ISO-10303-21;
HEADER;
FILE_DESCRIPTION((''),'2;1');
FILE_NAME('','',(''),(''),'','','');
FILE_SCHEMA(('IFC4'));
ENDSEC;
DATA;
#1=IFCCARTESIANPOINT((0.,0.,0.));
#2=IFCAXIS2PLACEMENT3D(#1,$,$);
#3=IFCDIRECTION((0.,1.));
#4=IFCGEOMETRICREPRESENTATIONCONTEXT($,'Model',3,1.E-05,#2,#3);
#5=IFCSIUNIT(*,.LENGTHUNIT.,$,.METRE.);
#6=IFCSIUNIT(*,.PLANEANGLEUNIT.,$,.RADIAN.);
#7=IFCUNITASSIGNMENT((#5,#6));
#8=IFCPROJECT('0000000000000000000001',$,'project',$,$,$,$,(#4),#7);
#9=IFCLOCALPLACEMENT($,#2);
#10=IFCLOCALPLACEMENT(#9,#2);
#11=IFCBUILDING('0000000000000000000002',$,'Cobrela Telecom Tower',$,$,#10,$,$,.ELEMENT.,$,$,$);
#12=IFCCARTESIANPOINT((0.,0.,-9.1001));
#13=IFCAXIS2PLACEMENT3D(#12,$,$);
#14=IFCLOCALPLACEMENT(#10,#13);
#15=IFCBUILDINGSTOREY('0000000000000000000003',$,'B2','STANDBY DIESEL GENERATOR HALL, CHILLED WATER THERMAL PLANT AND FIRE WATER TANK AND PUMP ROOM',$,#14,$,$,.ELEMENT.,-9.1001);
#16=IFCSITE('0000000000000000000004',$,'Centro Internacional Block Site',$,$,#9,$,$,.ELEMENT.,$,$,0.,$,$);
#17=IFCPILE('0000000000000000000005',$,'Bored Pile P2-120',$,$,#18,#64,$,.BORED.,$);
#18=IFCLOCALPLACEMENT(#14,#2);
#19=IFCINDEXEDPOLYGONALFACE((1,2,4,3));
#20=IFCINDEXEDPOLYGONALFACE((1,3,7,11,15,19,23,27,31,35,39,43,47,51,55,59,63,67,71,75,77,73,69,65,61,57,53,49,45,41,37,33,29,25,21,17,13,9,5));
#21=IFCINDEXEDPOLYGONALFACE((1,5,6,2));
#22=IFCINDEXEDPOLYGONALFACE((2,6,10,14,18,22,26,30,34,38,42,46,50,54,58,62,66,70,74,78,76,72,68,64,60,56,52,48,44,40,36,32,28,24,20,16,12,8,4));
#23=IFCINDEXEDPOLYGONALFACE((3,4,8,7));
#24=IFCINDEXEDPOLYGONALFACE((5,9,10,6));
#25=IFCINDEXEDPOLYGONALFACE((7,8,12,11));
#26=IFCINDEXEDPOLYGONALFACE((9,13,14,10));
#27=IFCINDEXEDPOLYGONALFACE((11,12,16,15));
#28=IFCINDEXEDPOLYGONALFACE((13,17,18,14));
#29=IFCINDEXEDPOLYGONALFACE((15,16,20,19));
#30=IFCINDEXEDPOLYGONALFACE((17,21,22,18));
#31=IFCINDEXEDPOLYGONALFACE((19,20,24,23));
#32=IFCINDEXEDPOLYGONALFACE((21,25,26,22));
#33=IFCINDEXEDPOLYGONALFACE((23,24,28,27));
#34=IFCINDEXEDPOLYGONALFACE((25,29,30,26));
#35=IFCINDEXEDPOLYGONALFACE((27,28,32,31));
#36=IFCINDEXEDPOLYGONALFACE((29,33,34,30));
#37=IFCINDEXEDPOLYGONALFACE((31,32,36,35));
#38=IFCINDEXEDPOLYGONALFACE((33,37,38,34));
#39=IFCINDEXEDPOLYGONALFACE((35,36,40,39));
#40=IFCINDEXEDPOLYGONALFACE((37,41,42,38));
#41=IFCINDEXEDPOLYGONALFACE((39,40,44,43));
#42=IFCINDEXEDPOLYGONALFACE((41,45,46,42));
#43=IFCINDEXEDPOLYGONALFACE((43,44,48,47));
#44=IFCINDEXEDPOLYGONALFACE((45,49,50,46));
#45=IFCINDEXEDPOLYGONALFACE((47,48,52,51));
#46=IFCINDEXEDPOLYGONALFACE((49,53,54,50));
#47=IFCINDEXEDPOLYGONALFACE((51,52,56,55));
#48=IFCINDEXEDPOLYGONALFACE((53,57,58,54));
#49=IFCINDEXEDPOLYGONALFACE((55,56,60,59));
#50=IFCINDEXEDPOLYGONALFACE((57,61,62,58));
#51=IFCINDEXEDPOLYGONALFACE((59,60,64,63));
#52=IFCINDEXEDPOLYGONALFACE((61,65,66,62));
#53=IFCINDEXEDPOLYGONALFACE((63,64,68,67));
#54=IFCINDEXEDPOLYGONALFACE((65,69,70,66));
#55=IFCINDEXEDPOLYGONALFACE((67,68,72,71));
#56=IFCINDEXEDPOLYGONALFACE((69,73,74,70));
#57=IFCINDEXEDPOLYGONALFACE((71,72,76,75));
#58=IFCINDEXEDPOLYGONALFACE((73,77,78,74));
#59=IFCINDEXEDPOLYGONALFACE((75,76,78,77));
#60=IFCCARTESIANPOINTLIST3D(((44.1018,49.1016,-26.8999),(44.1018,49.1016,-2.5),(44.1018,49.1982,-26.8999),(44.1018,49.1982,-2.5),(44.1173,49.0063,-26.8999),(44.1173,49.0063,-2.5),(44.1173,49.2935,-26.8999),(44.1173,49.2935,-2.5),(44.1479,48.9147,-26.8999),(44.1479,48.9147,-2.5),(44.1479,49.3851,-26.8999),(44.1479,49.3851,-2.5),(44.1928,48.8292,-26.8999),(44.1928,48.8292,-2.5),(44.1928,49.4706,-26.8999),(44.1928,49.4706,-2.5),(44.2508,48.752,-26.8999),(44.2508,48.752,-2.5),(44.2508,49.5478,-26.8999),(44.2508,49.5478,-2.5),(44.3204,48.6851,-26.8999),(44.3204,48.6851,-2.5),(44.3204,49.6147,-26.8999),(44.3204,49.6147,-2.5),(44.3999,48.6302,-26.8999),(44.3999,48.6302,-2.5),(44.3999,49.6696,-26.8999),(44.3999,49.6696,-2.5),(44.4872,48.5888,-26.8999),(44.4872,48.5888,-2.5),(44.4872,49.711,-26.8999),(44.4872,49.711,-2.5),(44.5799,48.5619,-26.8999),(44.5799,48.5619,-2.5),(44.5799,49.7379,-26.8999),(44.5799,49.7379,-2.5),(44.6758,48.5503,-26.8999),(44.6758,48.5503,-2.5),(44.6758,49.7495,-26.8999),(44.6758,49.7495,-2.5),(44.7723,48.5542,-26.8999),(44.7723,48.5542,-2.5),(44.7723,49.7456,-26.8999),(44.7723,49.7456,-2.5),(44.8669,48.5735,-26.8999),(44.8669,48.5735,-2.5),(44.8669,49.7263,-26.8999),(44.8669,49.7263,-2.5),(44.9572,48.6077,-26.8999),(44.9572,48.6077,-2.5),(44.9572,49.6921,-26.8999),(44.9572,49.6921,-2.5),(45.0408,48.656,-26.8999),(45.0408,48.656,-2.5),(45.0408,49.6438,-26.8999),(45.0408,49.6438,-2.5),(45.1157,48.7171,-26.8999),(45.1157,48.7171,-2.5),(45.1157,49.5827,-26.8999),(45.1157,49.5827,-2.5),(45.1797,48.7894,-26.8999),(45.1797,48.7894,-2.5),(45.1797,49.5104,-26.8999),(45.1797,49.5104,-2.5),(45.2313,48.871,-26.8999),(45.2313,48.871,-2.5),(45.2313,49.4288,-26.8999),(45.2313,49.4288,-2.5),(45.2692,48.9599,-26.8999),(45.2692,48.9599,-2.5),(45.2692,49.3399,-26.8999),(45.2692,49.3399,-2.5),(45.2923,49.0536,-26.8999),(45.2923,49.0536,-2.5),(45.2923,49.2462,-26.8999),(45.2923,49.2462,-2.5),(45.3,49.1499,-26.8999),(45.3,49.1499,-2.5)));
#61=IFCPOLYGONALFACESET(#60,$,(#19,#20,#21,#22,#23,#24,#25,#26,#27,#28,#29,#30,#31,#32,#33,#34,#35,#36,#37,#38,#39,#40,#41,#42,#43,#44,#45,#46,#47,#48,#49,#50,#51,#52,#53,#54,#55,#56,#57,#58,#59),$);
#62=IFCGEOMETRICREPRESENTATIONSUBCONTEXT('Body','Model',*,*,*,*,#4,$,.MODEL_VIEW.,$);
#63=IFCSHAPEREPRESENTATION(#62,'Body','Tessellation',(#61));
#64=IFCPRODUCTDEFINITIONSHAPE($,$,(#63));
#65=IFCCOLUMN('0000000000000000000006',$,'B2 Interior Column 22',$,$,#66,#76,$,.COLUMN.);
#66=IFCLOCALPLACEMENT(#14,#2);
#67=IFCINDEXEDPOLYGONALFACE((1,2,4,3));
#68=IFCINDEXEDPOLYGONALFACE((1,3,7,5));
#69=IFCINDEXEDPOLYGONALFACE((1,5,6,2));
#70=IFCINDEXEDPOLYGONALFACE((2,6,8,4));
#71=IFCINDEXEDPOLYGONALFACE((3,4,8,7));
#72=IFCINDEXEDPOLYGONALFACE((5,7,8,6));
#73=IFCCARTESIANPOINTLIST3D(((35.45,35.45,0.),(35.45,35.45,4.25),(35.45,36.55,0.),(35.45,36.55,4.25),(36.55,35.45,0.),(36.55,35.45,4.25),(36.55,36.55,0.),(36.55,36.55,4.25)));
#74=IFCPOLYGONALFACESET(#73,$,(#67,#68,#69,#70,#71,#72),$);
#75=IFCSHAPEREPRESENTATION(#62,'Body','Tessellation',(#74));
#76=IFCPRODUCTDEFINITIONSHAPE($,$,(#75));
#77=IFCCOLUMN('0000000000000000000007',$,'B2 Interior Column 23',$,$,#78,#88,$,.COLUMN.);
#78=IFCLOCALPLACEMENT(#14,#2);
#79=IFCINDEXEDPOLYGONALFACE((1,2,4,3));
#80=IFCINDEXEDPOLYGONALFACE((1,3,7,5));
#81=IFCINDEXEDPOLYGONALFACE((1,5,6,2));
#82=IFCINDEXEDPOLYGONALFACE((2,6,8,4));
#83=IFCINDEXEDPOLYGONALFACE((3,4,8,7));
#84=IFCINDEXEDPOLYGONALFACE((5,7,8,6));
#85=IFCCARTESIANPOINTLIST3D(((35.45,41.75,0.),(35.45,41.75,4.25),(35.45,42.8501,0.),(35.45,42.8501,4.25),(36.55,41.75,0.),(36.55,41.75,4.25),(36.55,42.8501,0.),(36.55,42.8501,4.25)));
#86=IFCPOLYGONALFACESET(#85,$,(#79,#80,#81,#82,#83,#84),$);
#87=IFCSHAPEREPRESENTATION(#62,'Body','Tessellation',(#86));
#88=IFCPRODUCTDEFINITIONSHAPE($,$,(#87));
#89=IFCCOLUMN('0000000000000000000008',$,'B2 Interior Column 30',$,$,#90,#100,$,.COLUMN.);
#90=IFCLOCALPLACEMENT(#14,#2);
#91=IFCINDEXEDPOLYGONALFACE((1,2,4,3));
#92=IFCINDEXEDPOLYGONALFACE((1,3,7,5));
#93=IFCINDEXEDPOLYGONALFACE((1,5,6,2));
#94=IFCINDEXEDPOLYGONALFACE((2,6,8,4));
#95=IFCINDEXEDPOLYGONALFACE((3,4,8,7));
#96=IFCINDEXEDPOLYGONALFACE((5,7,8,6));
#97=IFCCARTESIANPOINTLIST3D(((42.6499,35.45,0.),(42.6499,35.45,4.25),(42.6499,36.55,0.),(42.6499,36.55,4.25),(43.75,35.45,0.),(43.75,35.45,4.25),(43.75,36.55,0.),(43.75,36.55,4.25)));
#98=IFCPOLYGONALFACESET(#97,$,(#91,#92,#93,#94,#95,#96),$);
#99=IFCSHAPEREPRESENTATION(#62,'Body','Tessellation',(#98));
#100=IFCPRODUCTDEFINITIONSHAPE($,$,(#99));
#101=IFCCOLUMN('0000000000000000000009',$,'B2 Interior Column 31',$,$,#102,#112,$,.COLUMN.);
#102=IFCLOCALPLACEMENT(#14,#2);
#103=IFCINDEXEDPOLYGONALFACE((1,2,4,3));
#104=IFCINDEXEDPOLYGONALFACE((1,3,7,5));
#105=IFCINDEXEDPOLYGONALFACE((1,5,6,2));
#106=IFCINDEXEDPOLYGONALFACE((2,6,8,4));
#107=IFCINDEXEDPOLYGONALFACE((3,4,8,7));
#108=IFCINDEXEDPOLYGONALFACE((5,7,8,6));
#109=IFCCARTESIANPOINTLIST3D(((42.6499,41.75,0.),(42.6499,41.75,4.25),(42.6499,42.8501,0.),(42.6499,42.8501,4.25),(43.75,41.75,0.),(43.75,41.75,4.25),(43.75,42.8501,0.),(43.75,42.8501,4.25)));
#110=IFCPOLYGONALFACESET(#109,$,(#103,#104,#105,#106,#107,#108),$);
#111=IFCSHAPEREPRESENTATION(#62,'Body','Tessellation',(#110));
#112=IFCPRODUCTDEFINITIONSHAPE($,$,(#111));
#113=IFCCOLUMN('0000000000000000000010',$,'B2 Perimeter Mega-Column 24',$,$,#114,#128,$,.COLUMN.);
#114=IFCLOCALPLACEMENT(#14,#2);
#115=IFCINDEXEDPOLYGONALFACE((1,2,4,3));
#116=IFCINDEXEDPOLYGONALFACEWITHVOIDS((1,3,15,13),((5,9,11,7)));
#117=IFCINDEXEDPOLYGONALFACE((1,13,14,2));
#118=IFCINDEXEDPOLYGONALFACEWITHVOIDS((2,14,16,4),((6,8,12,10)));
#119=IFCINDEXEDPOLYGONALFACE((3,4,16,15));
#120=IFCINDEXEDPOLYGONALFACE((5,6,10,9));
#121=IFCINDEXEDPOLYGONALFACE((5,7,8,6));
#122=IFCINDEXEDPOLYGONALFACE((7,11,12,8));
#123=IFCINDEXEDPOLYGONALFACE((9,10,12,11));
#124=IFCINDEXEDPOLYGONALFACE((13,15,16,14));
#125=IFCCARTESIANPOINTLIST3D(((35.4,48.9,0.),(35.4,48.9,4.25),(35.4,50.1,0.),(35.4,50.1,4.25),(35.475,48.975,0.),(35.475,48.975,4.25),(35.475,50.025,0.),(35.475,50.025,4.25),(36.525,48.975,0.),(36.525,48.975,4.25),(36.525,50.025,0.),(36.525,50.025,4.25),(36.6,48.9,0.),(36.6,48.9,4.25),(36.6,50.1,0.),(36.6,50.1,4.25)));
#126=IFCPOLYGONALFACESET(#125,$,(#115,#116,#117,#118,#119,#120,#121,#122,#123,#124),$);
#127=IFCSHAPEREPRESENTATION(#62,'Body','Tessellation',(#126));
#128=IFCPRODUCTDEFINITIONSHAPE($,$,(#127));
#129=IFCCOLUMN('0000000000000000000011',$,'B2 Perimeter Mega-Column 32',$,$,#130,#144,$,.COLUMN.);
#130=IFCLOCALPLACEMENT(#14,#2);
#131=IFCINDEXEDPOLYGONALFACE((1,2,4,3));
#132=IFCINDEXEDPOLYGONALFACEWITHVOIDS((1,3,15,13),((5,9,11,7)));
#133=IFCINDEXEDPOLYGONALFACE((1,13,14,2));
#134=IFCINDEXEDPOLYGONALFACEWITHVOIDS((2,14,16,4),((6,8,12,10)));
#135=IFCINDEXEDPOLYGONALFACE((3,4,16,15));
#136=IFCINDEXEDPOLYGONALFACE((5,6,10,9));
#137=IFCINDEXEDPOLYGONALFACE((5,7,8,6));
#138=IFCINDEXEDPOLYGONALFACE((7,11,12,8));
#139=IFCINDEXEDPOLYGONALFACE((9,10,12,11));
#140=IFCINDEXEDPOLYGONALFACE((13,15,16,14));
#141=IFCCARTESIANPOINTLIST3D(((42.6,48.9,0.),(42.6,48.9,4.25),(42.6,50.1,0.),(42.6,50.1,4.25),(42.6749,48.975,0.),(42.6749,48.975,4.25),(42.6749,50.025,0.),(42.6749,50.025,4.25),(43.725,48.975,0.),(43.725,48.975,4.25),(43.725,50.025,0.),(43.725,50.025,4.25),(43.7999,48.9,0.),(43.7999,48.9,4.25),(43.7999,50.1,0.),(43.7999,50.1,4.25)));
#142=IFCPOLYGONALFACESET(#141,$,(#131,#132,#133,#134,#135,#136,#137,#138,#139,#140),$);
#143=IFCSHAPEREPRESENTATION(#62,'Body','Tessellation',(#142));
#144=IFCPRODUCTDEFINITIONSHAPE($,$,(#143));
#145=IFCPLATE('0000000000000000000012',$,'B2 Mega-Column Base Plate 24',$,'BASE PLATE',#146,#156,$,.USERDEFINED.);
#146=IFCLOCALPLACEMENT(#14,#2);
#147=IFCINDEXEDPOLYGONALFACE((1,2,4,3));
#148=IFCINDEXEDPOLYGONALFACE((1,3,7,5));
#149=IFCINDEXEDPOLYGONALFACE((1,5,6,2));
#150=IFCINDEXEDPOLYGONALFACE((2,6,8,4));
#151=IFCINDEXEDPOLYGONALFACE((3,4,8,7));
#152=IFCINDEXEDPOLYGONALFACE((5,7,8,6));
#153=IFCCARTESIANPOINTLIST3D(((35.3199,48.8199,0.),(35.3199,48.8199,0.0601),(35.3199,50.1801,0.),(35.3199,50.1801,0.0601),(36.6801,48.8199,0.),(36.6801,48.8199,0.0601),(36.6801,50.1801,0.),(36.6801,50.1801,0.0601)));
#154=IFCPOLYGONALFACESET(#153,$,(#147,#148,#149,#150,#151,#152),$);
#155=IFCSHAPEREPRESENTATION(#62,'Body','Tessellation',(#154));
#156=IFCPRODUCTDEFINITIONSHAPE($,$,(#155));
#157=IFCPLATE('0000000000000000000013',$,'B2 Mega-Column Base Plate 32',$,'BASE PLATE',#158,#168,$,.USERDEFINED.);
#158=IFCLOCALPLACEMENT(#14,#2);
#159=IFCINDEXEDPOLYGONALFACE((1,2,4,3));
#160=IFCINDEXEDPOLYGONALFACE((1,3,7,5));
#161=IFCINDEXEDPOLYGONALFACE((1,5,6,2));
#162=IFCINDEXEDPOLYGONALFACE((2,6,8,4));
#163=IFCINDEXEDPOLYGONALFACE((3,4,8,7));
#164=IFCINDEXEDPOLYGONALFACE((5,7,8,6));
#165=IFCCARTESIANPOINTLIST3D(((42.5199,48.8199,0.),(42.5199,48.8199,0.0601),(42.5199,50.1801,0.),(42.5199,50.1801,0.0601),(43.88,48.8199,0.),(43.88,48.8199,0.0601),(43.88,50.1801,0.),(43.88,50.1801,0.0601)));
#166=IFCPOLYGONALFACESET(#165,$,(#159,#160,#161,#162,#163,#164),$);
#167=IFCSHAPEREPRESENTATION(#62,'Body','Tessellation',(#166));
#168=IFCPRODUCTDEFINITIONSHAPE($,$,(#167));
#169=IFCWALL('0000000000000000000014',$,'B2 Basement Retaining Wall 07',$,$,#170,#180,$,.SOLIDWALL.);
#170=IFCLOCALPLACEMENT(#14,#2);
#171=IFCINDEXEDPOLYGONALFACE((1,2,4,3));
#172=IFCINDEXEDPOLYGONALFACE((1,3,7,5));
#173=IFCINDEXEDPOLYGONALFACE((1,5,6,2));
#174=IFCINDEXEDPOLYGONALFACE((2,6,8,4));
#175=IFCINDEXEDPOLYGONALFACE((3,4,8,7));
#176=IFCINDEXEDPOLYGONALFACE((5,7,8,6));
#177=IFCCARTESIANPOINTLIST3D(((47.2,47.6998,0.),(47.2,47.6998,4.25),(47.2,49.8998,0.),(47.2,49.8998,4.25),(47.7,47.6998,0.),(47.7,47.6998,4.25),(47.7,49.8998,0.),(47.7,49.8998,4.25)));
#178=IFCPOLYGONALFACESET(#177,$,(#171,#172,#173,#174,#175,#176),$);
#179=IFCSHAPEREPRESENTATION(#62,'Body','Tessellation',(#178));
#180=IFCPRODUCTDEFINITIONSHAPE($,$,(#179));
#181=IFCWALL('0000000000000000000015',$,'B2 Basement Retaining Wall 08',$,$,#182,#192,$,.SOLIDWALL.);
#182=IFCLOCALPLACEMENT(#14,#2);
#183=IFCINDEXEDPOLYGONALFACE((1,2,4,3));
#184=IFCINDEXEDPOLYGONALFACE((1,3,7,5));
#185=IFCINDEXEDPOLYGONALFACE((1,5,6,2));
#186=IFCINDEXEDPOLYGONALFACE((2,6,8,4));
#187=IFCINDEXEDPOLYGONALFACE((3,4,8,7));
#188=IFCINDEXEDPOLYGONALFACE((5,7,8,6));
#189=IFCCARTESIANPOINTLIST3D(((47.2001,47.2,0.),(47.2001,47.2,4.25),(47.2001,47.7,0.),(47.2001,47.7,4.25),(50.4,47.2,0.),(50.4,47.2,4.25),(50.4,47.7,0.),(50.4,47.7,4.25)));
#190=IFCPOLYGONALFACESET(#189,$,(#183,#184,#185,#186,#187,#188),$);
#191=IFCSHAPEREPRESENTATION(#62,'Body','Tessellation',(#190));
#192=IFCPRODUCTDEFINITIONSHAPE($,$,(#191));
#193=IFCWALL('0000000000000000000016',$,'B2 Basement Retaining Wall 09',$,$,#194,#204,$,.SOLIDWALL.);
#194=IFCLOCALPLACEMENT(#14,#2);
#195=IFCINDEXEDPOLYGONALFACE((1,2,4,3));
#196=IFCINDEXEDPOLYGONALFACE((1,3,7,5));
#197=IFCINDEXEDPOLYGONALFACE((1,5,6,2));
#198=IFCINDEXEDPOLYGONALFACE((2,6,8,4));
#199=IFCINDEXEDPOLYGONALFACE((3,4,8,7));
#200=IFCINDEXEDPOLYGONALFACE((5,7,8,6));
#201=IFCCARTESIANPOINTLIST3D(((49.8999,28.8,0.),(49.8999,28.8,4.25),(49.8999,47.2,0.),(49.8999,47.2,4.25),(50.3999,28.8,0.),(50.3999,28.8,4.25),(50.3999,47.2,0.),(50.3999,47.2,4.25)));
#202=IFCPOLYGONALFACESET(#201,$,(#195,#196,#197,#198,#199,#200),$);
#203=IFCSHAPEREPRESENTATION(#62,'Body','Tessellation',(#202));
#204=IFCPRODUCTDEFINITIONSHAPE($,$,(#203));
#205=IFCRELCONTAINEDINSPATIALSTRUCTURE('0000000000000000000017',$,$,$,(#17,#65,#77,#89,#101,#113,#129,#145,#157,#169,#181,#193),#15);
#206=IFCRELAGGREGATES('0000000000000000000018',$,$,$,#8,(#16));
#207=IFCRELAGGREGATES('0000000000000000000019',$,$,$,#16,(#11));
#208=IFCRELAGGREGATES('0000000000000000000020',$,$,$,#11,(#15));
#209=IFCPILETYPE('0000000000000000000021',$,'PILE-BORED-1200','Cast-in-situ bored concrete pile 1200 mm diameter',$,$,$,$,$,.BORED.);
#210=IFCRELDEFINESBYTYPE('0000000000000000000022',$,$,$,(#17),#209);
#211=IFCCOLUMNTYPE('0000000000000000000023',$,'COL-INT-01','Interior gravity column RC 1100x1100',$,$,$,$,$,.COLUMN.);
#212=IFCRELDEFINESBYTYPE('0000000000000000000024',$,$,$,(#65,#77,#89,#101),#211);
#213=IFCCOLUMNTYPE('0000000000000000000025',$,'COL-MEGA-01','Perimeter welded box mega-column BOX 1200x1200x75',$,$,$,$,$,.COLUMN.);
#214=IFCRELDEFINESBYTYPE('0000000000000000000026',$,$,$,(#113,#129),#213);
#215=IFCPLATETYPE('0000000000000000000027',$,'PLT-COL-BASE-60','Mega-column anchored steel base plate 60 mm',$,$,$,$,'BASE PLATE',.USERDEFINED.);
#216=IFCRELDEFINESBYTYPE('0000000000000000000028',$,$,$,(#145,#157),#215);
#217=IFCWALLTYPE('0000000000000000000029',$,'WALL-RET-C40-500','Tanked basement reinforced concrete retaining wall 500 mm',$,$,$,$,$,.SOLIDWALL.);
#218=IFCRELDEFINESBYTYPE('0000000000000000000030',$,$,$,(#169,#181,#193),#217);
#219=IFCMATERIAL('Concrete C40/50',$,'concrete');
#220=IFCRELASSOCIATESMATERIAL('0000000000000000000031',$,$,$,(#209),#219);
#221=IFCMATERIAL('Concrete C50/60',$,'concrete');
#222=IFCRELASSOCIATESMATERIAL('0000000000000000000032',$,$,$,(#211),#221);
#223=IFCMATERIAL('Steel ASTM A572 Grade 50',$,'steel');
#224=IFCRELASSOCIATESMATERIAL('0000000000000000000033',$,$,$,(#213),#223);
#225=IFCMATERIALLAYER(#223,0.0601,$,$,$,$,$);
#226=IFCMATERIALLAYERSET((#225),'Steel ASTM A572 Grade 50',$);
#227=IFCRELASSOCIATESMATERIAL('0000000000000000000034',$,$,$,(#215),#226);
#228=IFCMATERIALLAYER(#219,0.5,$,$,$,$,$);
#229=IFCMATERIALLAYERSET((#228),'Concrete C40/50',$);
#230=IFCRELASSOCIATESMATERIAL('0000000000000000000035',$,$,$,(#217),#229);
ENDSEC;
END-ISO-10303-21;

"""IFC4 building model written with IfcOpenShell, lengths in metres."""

from ifc_helpers import new_model, si_unit, direction, frame, frame_2d, origin, origin_2d, place, context, subcontext, project, spatial, rectangle, hollow_rectangle, circle, extrude, material, layer, layer_set, material_profile, profile_set, type_object, element, save


model = new_model("IFC4")

# Units and contexts
model_context = context("Model", 3, precision=1e-05, world=origin(), true_north=direction((0.0, 1.0)))
body_context = subcontext(model_context, "Body", "Model", "MODEL_VIEW")
ifc_project = project(units=[si_unit("LENGTHUNIT", "METRE"), si_unit("PLANEANGLEUNIT", "RADIAN")], contexts=[model_context])

# Site, building, storey
site_placement = place(None, origin())
site = spatial("IfcSite", under=ifc_project, at=site_placement, Name="Centro Internacional Block Site", CompositionType="ELEMENT", RefElevation=0.0)
building_placement = place(site_placement, origin())
building = spatial("IfcBuilding", under=site, at=building_placement, Name="Cobrela Telecom Tower", CompositionType="ELEMENT")
storey_placement = place(building_placement, frame((0.0, 0.0, -9.1001)))
storey = spatial("IfcBuildingStorey", under=building, at=storey_placement, Name="B2", Description="STANDBY DIESEL GENERATOR HALL, CHILLED WATER THERMAL PLANT AND FIRE WATER TANK AND PUMP ROOM", CompositionType="ELEMENT", Elevation=-9.1001)

# Shared definitions
ifc_material_1 = material(Name="Concrete C40/50", Category="concrete")

# Pile
ifc_material_profile_1 = material_profile(ifc_material_1, circle(Radius=0.6001, at=origin_2d()), Name="BORED PILE D1200")
ifc_profile_set_1 = profile_set([ifc_material_profile_1], Name="Concrete C40/50")
pile_type = type_object("IfcPileType", Name="PILE-BORED-1200", Description="Cast-in-situ bored concrete pile 1200 mm diameter", PredefinedType="BORED", material=ifc_profile_set_1)
for number, where, z_axis, x_axis, name in (
    (1, (44.7, 49.1499, -2.5), (0.0, 0.0, -1.0), (1.0, 0.0, 0.0), "Bored Pile P2-120"),
):
    element("IfcPile", number, at=place(storey_placement, frame(where, z_axis=z_axis, x_axis=x_axis)), inside=storey, type_object=pile_type, Name=name, PredefinedType="BORED", context=body_context, shape_type="SweptSolid", body=[
        extrude(circle(Radius=0.6001, at=origin_2d()), origin(), (0.0, 0.0, 1.0), 24.3999),
    ])

# Columns
ifc_material_2 = material(Name="Concrete C50/60", Category="concrete")
ifc_material_profile_2 = material_profile(ifc_material_2, rectangle(XDim=1.1001, YDim=1.1001, at=origin_2d()), Name="RC 1100x1100")
ifc_profile_set_2 = profile_set([ifc_material_profile_2], Name="Concrete C50/60")
column_type_1 = type_object("IfcColumnType", Name="COL-INT-01", Description="Interior gravity column RC 1100x1100", PredefinedType="COLUMN", material=ifc_profile_set_2)
for number, where, z_axis, x_axis, name in (
    (2, (36.0, 36.0, 0.0), (0.0, 0.0, 1.0), (1.0, 0.0, 0.0), "B2 Interior Column 22"),
    (3, (36.0, 42.3, 0.0), (0.0, 0.0, 1.0), (1.0, 0.0, 0.0), "B2 Interior Column 23"),
    (4, (43.2, 36.0, 0.0), (0.0, 0.0, 1.0), (1.0, 0.0, 0.0), "B2 Interior Column 30"),
    (5, (43.2, 42.3, 0.0), (0.0, 0.0, 1.0), (1.0, 0.0, 0.0), "B2 Interior Column 31"),
):
    element("IfcColumn", number, at=place(storey_placement, frame(where, z_axis=z_axis, x_axis=x_axis)), inside=storey, type_object=column_type_1, Name=name, PredefinedType="COLUMN", context=body_context, shape_type="SweptSolid", body=[
        extrude(rectangle(XDim=1.1001, YDim=1.1001, at=origin_2d()), origin(), (0.0, 0.0, 1.0), 4.25),
    ])
ifc_material_3 = material(Name="Steel ASTM A572 Grade 50", Category="steel")
ifc_material_profile_3 = material_profile(ifc_material_3, hollow_rectangle(XDim=1.2, YDim=1.2, WallThickness=0.075, at=origin_2d()), Name="BOX 1200x1200x75")
ifc_profile_set_3 = profile_set([ifc_material_profile_3], Name="Steel ASTM A572 Grade 50")
column_type_2 = type_object("IfcColumnType", Name="COL-MEGA-01", Description="Perimeter welded box mega-column BOX 1200x1200x75", PredefinedType="COLUMN", material=ifc_profile_set_3)
for number, where, z_axis, x_axis, name in (
    (6, (36.0, 49.5, 0.0), (0.0, 0.0, 1.0), (1.0, 0.0, 0.0), "B2 Perimeter Mega-Column 24"),
    (7, (43.2, 49.5, 0.0), (0.0, 0.0, 1.0), (1.0, 0.0, 0.0), "B2 Perimeter Mega-Column 32"),
):
    element("IfcColumn", number, at=place(storey_placement, frame(where, z_axis=z_axis, x_axis=x_axis)), inside=storey, type_object=column_type_2, Name=name, PredefinedType="COLUMN", context=body_context, shape_type="SweptSolid", body=[
        extrude(hollow_rectangle(XDim=1.2, YDim=1.2, WallThickness=0.075, at=origin_2d()), origin(), (0.0, 0.0, 1.0), 4.25),
    ])

# Plates
ifc_layer_1 = layer(ifc_material_3, 0.0601)
ifc_layer_set_1 = layer_set([ifc_layer_1], Name="Steel ASTM A572 Grade 50")
plate_type = type_object("IfcPlateType", Name="PLT-COL-BASE-60", Description="Mega-column anchored steel base plate 60 mm", ElementType="BASE PLATE", PredefinedType="USERDEFINED", material=ifc_layer_set_1)
for number, where, z_axis, x_axis, name in (
    (8, (36.0, 49.5, 0.0), (0.0, 0.0, 1.0), (1.0, 0.0, 0.0), "B2 Mega-Column Base Plate 24"),
    (9, (43.2, 49.5, 0.0), (0.0, 0.0, 1.0), (1.0, 0.0, 0.0), "B2 Mega-Column Base Plate 32"),
):
    element("IfcPlate", number, at=place(storey_placement, frame(where, z_axis=z_axis, x_axis=x_axis)), inside=storey, type_object=plate_type, Name=name, ObjectType="BASE PLATE", PredefinedType="USERDEFINED", context=body_context, shape_type="SweptSolid", body=[
        extrude(rectangle(XDim=1.3601, YDim=1.3601, at=origin_2d()), origin(), (0.0, 0.0, 1.0), 0.0601),
    ])

# Walls
ifc_layer_2 = layer(ifc_material_1, 0.5)
ifc_layer_set_2 = layer_set([ifc_layer_2], Name="Concrete C40/50")
wall_type = type_object("IfcWallType", Name="WALL-RET-C40-500", Description="Tanked basement reinforced concrete retaining wall 500 mm", PredefinedType="SOLIDWALL", material=ifc_layer_set_2)
wall_1_placement = place(storey_placement, frame((47.45, 49.8999, 0.0), z_axis=(0.0, 0.0, 1.0), x_axis=(0.0, -1.0, 0.0)))
element("IfcWall", 10, at=wall_1_placement, inside=storey, type_object=wall_type, Name="B2 Basement Retaining Wall 07", PredefinedType="SOLIDWALL", context=body_context, shape_type="SweptSolid", body=[
    extrude(rectangle(XDim=2.2, YDim=0.5, at=frame_2d((1.1001, 0.0))), origin(), (0.0, 0.0, 1.0), 4.25),
])
wall_2_placement = place(storey_placement, frame((47.2, 47.45, 0.0), z_axis=(0.0, 0.0, 1.0), x_axis=(1.0, 0.0, 0.0)))
element("IfcWall", 11, at=wall_2_placement, inside=storey, type_object=wall_type, Name="B2 Basement Retaining Wall 08", PredefinedType="SOLIDWALL", context=body_context, shape_type="SweptSolid", body=[
    extrude(rectangle(XDim=3.2, YDim=0.5, at=frame_2d((1.6001, 0.0))), origin(), (0.0, 0.0, 1.0), 4.25),
])
wall_3_placement = place(storey_placement, frame((50.1499, 47.2, 0.0), z_axis=(0.0, 0.0, 1.0), x_axis=(0.0, -1.0, 0.0)))
element("IfcWall", 12, at=wall_3_placement, inside=storey, type_object=wall_type, Name="B2 Basement Retaining Wall 09", PredefinedType="SOLIDWALL", context=body_context, shape_type="SweptSolid", body=[
    extrude(rectangle(XDim=18.3999, YDim=0.5, at=frame_2d((9.2, 0.0))), origin(), (0.0, 0.0, 1.0), 4.25),
])

save(model, "model.ifc")
